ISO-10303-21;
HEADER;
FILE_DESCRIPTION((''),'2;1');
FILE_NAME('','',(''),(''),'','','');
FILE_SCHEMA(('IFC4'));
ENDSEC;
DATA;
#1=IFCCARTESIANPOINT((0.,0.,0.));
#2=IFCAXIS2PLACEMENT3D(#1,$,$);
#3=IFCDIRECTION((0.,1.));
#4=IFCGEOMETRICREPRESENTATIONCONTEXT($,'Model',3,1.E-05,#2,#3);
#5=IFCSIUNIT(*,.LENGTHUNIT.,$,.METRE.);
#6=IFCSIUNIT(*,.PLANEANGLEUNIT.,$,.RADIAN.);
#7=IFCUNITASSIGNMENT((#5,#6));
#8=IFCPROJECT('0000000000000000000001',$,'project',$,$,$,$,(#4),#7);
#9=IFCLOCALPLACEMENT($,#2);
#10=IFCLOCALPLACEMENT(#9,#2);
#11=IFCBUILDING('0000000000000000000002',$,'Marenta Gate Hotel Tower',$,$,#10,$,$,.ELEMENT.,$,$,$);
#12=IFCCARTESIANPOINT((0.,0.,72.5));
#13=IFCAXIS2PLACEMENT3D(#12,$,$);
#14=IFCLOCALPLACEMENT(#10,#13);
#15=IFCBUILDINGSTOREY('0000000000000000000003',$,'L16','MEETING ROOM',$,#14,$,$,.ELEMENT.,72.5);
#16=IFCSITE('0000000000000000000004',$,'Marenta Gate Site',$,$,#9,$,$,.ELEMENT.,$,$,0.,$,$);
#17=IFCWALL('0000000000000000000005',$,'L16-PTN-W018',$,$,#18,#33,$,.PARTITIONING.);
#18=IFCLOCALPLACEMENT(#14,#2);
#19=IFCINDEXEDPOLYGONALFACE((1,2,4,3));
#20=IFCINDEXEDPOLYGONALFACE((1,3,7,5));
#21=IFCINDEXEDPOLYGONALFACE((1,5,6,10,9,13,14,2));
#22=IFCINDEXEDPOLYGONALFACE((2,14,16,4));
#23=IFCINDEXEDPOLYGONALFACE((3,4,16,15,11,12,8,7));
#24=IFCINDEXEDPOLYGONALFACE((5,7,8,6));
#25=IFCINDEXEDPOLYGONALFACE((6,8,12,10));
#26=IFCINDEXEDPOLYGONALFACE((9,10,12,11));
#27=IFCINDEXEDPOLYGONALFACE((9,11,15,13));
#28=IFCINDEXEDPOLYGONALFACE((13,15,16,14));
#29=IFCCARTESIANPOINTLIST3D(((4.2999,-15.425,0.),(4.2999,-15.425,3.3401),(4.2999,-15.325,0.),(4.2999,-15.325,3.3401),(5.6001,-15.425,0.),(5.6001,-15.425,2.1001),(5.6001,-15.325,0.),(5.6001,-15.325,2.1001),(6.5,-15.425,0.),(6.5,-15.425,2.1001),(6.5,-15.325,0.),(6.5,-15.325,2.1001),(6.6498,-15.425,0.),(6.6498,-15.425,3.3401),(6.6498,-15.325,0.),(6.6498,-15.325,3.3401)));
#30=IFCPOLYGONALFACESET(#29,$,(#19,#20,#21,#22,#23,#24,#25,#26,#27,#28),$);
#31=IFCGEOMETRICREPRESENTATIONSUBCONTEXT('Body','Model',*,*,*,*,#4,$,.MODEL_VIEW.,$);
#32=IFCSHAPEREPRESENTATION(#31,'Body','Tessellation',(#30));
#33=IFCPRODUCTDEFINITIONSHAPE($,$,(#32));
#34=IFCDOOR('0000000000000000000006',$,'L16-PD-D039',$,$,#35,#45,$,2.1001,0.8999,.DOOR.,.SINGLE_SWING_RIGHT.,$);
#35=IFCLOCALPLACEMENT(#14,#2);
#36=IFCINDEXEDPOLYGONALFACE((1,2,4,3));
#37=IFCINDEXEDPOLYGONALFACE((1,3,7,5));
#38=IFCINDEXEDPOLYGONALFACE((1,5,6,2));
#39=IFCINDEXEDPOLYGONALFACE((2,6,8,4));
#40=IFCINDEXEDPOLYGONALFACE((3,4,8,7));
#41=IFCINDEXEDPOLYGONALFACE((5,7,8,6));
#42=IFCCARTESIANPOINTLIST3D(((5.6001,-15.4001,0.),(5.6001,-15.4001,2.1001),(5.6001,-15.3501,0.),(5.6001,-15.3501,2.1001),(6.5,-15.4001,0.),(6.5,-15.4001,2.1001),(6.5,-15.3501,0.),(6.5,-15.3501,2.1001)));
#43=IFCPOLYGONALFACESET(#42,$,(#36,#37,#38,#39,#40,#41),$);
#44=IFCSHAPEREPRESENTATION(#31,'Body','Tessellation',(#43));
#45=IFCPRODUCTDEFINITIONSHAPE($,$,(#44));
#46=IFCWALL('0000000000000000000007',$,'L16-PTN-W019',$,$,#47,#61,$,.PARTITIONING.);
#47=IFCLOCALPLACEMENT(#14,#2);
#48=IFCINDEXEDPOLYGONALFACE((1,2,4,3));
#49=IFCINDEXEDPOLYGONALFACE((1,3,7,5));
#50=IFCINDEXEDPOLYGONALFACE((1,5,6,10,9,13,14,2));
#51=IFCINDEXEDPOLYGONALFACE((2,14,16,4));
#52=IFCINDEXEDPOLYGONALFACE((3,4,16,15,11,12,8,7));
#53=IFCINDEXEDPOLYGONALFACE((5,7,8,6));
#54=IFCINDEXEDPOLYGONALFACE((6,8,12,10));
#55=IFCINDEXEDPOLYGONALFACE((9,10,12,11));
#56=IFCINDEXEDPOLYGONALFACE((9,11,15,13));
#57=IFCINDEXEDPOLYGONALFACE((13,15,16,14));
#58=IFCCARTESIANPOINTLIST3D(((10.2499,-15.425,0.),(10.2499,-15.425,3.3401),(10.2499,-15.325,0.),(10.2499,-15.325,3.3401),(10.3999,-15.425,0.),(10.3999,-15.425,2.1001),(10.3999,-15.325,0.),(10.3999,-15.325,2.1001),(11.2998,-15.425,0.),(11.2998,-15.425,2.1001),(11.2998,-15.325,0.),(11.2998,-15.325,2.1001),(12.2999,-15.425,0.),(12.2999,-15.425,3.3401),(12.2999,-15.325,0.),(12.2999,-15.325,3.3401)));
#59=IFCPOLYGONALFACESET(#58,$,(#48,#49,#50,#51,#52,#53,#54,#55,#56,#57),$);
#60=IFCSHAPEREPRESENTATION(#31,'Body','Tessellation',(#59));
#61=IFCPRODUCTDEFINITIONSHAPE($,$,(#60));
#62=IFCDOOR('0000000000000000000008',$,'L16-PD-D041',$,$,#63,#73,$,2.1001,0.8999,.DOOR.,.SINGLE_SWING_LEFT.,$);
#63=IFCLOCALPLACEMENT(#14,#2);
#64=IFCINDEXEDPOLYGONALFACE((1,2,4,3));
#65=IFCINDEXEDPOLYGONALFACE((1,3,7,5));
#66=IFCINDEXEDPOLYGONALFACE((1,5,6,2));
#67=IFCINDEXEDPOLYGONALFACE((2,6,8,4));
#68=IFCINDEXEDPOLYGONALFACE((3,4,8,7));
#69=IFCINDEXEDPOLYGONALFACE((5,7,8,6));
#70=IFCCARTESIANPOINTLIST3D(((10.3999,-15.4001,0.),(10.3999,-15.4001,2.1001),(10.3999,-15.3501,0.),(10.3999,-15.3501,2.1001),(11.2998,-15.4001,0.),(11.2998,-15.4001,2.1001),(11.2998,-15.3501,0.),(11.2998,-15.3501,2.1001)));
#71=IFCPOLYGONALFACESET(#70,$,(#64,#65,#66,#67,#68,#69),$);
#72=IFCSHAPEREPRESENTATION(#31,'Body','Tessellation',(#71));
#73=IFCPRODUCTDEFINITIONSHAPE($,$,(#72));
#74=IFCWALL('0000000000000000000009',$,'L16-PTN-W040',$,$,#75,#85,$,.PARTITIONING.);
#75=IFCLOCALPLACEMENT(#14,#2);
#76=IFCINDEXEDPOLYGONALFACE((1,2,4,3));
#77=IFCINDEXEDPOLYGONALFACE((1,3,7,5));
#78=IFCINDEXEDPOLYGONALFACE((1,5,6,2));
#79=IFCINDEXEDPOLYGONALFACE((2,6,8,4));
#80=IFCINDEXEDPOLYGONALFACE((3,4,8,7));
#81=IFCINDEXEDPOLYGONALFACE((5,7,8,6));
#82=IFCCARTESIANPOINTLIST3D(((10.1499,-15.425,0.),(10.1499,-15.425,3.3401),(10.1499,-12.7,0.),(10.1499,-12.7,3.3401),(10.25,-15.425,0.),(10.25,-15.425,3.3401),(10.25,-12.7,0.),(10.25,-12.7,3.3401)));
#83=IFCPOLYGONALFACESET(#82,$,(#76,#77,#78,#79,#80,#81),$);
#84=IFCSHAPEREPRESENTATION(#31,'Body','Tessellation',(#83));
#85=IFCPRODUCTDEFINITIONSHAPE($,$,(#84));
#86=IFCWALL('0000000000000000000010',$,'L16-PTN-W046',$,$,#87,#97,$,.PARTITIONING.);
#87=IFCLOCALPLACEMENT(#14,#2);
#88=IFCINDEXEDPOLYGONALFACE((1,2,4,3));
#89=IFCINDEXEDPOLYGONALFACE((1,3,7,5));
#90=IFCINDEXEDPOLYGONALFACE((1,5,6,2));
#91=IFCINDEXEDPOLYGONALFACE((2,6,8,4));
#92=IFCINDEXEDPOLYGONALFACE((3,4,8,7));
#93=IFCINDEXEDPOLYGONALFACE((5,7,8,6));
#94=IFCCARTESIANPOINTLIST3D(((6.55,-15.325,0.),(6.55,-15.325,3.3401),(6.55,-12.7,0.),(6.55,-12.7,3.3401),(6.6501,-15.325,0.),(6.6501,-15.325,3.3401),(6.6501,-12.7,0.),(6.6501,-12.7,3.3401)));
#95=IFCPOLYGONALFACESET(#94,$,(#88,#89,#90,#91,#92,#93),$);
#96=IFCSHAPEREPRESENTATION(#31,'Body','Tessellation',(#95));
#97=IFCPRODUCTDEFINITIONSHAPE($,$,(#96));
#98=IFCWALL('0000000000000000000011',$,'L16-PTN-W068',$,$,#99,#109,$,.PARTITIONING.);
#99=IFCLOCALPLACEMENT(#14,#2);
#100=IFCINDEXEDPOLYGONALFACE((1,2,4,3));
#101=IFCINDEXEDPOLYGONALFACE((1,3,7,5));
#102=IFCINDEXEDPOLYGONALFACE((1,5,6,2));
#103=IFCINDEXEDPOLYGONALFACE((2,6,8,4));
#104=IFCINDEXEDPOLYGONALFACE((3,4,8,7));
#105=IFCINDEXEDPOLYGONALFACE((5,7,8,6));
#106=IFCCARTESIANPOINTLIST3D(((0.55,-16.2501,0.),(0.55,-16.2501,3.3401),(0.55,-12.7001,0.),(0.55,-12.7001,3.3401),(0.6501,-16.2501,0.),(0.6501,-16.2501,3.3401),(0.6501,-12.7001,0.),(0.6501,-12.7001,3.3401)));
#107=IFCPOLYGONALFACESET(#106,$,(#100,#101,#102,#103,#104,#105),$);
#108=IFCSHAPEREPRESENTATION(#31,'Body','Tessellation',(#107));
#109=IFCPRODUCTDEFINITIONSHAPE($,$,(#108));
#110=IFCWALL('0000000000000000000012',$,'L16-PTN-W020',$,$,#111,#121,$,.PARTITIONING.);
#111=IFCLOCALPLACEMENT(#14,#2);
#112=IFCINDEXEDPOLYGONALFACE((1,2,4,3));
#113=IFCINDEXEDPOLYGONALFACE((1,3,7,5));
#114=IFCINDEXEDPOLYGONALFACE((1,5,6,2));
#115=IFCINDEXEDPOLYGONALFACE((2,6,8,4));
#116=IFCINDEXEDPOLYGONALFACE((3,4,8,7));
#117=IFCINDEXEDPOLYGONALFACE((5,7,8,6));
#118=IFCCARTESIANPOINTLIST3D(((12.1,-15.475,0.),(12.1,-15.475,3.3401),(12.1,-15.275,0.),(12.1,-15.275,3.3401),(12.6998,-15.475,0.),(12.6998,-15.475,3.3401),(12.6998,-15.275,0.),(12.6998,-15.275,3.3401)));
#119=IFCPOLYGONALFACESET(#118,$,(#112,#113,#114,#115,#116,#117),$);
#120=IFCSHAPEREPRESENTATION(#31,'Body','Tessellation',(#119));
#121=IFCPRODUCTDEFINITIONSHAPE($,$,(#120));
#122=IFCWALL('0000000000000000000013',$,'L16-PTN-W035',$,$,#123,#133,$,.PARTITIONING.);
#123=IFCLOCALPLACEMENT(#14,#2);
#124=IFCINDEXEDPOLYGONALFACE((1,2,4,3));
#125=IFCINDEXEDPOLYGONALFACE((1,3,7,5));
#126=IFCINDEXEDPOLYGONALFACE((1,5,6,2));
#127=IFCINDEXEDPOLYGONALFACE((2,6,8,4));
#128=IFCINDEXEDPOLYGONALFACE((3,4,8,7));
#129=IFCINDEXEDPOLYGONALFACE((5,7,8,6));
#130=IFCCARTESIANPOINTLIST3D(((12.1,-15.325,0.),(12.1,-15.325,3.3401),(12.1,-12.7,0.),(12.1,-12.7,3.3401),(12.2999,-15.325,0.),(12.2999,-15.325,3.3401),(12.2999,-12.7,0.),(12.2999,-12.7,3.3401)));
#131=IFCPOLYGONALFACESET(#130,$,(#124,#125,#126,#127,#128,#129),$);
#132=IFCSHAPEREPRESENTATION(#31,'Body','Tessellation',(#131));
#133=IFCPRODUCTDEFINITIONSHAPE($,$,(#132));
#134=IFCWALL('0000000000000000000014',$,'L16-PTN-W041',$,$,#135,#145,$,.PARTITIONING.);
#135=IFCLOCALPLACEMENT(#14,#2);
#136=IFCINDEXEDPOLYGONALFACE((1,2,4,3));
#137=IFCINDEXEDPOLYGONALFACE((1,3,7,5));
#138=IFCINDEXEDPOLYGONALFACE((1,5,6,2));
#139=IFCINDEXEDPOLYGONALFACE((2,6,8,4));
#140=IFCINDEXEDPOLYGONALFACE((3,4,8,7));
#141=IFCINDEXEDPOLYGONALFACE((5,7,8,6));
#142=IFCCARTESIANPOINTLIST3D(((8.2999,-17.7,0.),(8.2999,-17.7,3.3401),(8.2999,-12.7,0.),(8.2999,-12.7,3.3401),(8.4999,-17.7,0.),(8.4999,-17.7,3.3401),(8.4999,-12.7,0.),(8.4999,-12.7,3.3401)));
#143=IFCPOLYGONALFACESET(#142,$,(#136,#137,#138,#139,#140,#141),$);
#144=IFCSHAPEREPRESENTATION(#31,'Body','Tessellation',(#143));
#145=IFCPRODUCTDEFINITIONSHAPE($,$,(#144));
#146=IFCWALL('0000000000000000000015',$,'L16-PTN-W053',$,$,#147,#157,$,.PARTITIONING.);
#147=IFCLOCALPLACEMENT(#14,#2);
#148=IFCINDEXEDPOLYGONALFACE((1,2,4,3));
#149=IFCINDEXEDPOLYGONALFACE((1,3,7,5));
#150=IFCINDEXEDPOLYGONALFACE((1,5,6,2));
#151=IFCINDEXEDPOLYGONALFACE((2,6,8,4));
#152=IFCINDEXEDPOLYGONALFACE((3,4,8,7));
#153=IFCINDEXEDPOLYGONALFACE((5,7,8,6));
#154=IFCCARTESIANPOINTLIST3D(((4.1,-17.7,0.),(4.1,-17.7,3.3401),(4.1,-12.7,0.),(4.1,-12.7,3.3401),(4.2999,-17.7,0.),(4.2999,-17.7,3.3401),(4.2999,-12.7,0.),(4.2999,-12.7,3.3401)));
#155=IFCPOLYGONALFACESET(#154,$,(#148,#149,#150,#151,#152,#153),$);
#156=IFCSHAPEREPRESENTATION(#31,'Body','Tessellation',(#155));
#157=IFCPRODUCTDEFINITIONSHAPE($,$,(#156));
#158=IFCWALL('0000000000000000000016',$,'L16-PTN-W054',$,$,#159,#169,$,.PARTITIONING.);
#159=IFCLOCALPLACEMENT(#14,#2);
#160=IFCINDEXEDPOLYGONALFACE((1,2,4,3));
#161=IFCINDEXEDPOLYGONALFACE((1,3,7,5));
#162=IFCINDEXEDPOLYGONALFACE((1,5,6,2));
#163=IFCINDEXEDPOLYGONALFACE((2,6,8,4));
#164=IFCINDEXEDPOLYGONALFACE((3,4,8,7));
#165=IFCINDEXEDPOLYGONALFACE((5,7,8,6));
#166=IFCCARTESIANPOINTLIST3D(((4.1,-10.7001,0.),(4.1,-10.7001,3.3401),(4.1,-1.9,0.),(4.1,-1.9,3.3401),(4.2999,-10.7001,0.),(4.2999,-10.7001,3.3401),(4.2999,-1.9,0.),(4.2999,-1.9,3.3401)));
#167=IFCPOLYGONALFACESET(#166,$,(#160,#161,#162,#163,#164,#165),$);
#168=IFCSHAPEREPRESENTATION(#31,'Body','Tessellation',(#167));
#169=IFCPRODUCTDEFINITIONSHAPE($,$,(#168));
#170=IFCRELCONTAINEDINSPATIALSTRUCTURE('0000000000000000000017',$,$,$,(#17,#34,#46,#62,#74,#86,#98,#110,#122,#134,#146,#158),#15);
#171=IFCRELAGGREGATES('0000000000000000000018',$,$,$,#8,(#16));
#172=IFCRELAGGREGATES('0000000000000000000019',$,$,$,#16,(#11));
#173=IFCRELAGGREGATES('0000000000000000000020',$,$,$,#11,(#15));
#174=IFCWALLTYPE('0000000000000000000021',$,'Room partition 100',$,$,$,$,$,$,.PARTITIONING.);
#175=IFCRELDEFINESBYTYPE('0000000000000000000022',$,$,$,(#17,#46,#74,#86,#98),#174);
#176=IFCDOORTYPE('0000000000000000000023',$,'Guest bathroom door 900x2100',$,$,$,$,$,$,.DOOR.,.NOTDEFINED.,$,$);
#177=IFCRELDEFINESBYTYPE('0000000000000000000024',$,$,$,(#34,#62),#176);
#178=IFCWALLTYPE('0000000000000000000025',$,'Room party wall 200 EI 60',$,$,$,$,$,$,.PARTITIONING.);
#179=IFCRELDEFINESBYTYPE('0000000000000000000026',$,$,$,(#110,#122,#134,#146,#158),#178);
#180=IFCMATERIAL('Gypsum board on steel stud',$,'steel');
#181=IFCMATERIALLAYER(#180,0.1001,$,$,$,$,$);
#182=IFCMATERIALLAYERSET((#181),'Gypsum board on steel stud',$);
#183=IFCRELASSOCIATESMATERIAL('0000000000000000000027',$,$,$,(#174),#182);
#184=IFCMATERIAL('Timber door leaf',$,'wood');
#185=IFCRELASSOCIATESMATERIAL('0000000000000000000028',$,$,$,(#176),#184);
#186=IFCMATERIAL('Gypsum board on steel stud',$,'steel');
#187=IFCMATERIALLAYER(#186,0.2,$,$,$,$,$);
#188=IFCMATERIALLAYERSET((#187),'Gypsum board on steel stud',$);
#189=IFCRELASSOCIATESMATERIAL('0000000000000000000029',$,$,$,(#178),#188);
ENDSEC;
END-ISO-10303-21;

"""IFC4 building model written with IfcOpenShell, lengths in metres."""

from ifc_helpers import new_model, si_unit, direction, frame, frame_2d, origin, place, context, subcontext, project, spatial, rectangle, extrude, material, layer, layer_set, type_object, element, fill, save


model = new_model("IFC4")

# Units and contexts
model_context = context("Model", 3, precision=1e-05, world=origin(), true_north=direction((0.0, 1.0)))
body_context = subcontext(model_context, "Body", "Model", "MODEL_VIEW")
ifc_project = project(units=[si_unit("LENGTHUNIT", "METRE"), si_unit("PLANEANGLEUNIT", "RADIAN")], contexts=[model_context])

# Site, building, storey
site_placement = place(None, origin())
site = spatial("IfcSite", under=ifc_project, at=site_placement, Name="Marenta Gate Site", CompositionType="ELEMENT", RefElevation=0.0)
building_placement = place(site_placement, origin())
building = spatial("IfcBuilding", under=site, at=building_placement, Name="Marenta Gate Hotel Tower", CompositionType="ELEMENT")
storey_placement = place(building_placement, frame((0.0, 0.0, 72.5)))
storey = spatial("IfcBuildingStorey", under=building, at=storey_placement, Name="L16", Description="MEETING ROOM", CompositionType="ELEMENT", Elevation=72.5)

# Walls, openings, doors
ifc_material_1 = material(Name="Gypsum board on steel stud", Category="steel")
ifc_layer_1 = layer(ifc_material_1, 0.1001)
ifc_layer_set_1 = layer_set([ifc_layer_1], Name="Gypsum board on steel stud")
wall_type_1 = type_object("IfcWallType", Name="Room partition 100", PredefinedType="PARTITIONING", material=ifc_layer_set_1)
ifc_material_2 = material(Name="Timber door leaf", Category="wood")
door_type = type_object("IfcDoorType", Name="Guest bathroom door 900x2100", OperationType="NOTDEFINED", PredefinedType="DOOR", material=ifc_material_2)
wall_1_placement = place(storey_placement, frame((4.3, -15.375, 0.0), z_axis=(0.0, 0.0, 1.0), x_axis=(1.0, 0.0, 0.0)))
wall_1 = element("IfcWall", 1, at=wall_1_placement, inside=storey, type_object=wall_type_1, Name="L16-PTN-W018", PredefinedType="PARTITIONING", context=body_context, shape_type="SweptSolid", body=[
    extrude(rectangle(XDim=2.3499, YDim=0.1001, at=frame_2d((1.1748, 0.0))), origin(), (0.0, 0.0, 1.0), 3.3401),
])
opening_1_placement = place(wall_1_placement, frame((1.3, 0.0, 0.0)))
opening_1 = element("IfcOpeningElement", 2, at=opening_1_placement, cuts=wall_1, PredefinedType="OPENING", context=body_context, shape_type="SweptSolid", body=[
    extrude(rectangle(XDim=0.8999, YDim=2.1001, at=frame_2d((0.45, 1.05))), frame((0.0, 0.05, 0.0), z_axis=(0.0, -1.0, 0.0), x_axis=(1.0, 0.0, 0.0)), (0.0, 0.0, 1.0), 0.1001),
])
door_1_placement = place(opening_1_placement, origin())
door_1 = element("IfcDoor", 3, at=door_1_placement, inside=storey, type_object=door_type, Name="L16-PD-D039", OperationType="SINGLE_SWING_RIGHT", OverallHeight=2.1001, OverallWidth=0.8999, PredefinedType="DOOR", context=body_context, shape_type="SweptSolid", body=[
    extrude(rectangle(XDim=0.8999, YDim=2.1001, at=frame_2d((0.45, 1.05))), frame((0.0, 0.0249, 0.0), z_axis=(0.0, -1.0, 0.0), x_axis=(1.0, 0.0, 0.0)), (0.0, 0.0, 1.0), 0.05),
])
fill(opening_1, door_1)
wall_2_placement = place(storey_placement, frame((10.25, -15.375, 0.0), z_axis=(0.0, 0.0, 1.0), x_axis=(1.0, 0.0, 0.0)))
wall_2 = element("IfcWall", 4, at=wall_2_placement, inside=storey, type_object=wall_type_1, Name="L16-PTN-W019", PredefinedType="PARTITIONING", context=body_context, shape_type="SweptSolid", body=[
    extrude(rectangle(XDim=2.05, YDim=0.1001, at=frame_2d((1.0249, 0.0))), origin(), (0.0, 0.0, 1.0), 3.3401),
])
opening_2_placement = place(wall_2_placement, frame((0.1499, 0.0, 0.0)))
opening_2 = element("IfcOpeningElement", 5, at=opening_2_placement, cuts=wall_2, PredefinedType="OPENING", context=body_context, shape_type="SweptSolid", body=[
    extrude(rectangle(XDim=0.8999, YDim=2.1001, at=frame_2d((0.45, 1.05))), frame((0.0, 0.05, 0.0), z_axis=(0.0, -1.0, 0.0), x_axis=(1.0, 0.0, 0.0)), (0.0, 0.0, 1.0), 0.1001),
])
door_2_placement = place(opening_2_placement, origin())
door_2 = element("IfcDoor", 6, at=door_2_placement, inside=storey, type_object=door_type, Name="L16-PD-D041", OperationType="SINGLE_SWING_LEFT", OverallHeight=2.1001, OverallWidth=0.8999, PredefinedType="DOOR", context=body_context, shape_type="SweptSolid", body=[
    extrude(rectangle(XDim=0.8999, YDim=2.1001, at=frame_2d((0.45, 1.05))), frame((0.0, 0.0249, 0.0), z_axis=(0.0, -1.0, 0.0), x_axis=(1.0, 0.0, 0.0)), (0.0, 0.0, 1.0), 0.05),
])
fill(opening_2, door_2)

# Walls
wall_3_placement = place(storey_placement, frame((10.2, -15.425, 0.0), z_axis=(0.0, 0.0, 1.0), x_axis=(0.0, 1.0, 0.0)))
element("IfcWall", 7, at=wall_3_placement, inside=storey, type_object=wall_type_1, Name="L16-PTN-W040", PredefinedType="PARTITIONING", context=body_context, shape_type="SweptSolid", body=[
    extrude(rectangle(XDim=2.7251, YDim=0.1001, at=frame_2d((1.3625, 0.0))), origin(), (0.0, 0.0, 1.0), 3.3401),
])
wall_4_placement = place(storey_placement, frame((6.6001, -15.325, 0.0), z_axis=(0.0, 0.0, 1.0), x_axis=(0.0, 1.0, 0.0)))
element("IfcWall", 8, at=wall_4_placement, inside=storey, type_object=wall_type_1, Name="L16-PTN-W046", PredefinedType="PARTITIONING", context=body_context, shape_type="SweptSolid", body=[
    extrude(rectangle(XDim=2.625, YDim=0.1001, at=frame_2d((1.3125, 0.0))), origin(), (0.0, 0.0, 1.0), 3.3401),
])
wall_5_placement = place(storey_placement, frame((0.6001, -16.25, 0.0), z_axis=(0.0, 0.0, 1.0), x_axis=(0.0, 1.0, 0.0)))
element("IfcWall", 9, at=wall_5_placement, inside=storey, type_object=wall_type_1, Name="L16-PTN-W068", PredefinedType="PARTITIONING", context=body_context, shape_type="SweptSolid", body=[
    extrude(rectangle(XDim=3.55, YDim=0.1001, at=frame_2d((1.7749, 0.0))), origin(), (0.0, 0.0, 1.0), 3.3401),
])
ifc_material_3 = material(Name="Gypsum board on steel stud", Category="steel")
ifc_layer_2 = layer(ifc_material_3, 0.2)
ifc_layer_set_2 = layer_set([ifc_layer_2], Name="Gypsum board on steel stud")
wall_type_2 = type_object("IfcWallType", Name="Room party wall 200 EI 60", PredefinedType="PARTITIONING", material=ifc_layer_set_2)
wall_6_placement = place(storey_placement, frame((12.1001, -15.375, 0.0), z_axis=(0.0, 0.0, 1.0), x_axis=(1.0, 0.0, 0.0)))
element("IfcWall", 10, at=wall_6_placement, inside=storey, type_object=wall_type_2, Name="L16-PTN-W020", PredefinedType="PARTITIONING", context=body_context, shape_type="SweptSolid", body=[
    extrude(rectangle(XDim=0.5999, YDim=0.2, at=frame_2d((0.2998, 0.0))), origin(), (0.0, 0.0, 1.0), 3.3401),
])
wall_7_placement = place(storey_placement, frame((12.2, -15.325, 0.0), z_axis=(0.0, 0.0, 1.0), x_axis=(0.0, 1.0, 0.0)))
element("IfcWall", 11, at=wall_7_placement, inside=storey, type_object=wall_type_2, Name="L16-PTN-W035", PredefinedType="PARTITIONING", context=body_context, shape_type="SweptSolid", body=[
    extrude(rectangle(XDim=2.625, YDim=0.2, at=frame_2d((1.3125, 0.0))), origin(), (0.0, 0.0, 1.0), 3.3401),
])
for number, where, z_axis, x_axis, name in (
    (12, (8.3999, -17.7, 0.0), (0.0, 0.0, 1.0), (0.0, 1.0, 0.0), "L16-PTN-W041"),
    (13, (4.2, -17.7, 0.0), (0.0, 0.0, 1.0), (0.0, 1.0, 0.0), "L16-PTN-W053"),
):
    element("IfcWall", number, at=place(storey_placement, frame(where, z_axis=z_axis, x_axis=x_axis)), inside=storey, type_object=wall_type_2, Name=name, PredefinedType="PARTITIONING", context=body_context, shape_type="SweptSolid", body=[
        extrude(rectangle(XDim=5.0, YDim=0.2, at=frame_2d((2.5, 0.0))), origin(), (0.0, 0.0, 1.0), 3.3401),
    ])
wall_8_placement = place(storey_placement, frame((4.2, -10.7, 0.0), z_axis=(0.0, 0.0, 1.0), x_axis=(0.0, 1.0, 0.0)))
element("IfcWall", 14, at=wall_8_placement, inside=storey, type_object=wall_type_2, Name="L16-PTN-W054", PredefinedType="PARTITIONING", context=body_context, shape_type="SweptSolid", body=[
    extrude(rectangle(XDim=8.8, YDim=0.2, at=frame_2d((4.3999, 0.0))), origin(), (0.0, 0.0, 1.0), 3.3401),
])

save(model, "model.ifc")
